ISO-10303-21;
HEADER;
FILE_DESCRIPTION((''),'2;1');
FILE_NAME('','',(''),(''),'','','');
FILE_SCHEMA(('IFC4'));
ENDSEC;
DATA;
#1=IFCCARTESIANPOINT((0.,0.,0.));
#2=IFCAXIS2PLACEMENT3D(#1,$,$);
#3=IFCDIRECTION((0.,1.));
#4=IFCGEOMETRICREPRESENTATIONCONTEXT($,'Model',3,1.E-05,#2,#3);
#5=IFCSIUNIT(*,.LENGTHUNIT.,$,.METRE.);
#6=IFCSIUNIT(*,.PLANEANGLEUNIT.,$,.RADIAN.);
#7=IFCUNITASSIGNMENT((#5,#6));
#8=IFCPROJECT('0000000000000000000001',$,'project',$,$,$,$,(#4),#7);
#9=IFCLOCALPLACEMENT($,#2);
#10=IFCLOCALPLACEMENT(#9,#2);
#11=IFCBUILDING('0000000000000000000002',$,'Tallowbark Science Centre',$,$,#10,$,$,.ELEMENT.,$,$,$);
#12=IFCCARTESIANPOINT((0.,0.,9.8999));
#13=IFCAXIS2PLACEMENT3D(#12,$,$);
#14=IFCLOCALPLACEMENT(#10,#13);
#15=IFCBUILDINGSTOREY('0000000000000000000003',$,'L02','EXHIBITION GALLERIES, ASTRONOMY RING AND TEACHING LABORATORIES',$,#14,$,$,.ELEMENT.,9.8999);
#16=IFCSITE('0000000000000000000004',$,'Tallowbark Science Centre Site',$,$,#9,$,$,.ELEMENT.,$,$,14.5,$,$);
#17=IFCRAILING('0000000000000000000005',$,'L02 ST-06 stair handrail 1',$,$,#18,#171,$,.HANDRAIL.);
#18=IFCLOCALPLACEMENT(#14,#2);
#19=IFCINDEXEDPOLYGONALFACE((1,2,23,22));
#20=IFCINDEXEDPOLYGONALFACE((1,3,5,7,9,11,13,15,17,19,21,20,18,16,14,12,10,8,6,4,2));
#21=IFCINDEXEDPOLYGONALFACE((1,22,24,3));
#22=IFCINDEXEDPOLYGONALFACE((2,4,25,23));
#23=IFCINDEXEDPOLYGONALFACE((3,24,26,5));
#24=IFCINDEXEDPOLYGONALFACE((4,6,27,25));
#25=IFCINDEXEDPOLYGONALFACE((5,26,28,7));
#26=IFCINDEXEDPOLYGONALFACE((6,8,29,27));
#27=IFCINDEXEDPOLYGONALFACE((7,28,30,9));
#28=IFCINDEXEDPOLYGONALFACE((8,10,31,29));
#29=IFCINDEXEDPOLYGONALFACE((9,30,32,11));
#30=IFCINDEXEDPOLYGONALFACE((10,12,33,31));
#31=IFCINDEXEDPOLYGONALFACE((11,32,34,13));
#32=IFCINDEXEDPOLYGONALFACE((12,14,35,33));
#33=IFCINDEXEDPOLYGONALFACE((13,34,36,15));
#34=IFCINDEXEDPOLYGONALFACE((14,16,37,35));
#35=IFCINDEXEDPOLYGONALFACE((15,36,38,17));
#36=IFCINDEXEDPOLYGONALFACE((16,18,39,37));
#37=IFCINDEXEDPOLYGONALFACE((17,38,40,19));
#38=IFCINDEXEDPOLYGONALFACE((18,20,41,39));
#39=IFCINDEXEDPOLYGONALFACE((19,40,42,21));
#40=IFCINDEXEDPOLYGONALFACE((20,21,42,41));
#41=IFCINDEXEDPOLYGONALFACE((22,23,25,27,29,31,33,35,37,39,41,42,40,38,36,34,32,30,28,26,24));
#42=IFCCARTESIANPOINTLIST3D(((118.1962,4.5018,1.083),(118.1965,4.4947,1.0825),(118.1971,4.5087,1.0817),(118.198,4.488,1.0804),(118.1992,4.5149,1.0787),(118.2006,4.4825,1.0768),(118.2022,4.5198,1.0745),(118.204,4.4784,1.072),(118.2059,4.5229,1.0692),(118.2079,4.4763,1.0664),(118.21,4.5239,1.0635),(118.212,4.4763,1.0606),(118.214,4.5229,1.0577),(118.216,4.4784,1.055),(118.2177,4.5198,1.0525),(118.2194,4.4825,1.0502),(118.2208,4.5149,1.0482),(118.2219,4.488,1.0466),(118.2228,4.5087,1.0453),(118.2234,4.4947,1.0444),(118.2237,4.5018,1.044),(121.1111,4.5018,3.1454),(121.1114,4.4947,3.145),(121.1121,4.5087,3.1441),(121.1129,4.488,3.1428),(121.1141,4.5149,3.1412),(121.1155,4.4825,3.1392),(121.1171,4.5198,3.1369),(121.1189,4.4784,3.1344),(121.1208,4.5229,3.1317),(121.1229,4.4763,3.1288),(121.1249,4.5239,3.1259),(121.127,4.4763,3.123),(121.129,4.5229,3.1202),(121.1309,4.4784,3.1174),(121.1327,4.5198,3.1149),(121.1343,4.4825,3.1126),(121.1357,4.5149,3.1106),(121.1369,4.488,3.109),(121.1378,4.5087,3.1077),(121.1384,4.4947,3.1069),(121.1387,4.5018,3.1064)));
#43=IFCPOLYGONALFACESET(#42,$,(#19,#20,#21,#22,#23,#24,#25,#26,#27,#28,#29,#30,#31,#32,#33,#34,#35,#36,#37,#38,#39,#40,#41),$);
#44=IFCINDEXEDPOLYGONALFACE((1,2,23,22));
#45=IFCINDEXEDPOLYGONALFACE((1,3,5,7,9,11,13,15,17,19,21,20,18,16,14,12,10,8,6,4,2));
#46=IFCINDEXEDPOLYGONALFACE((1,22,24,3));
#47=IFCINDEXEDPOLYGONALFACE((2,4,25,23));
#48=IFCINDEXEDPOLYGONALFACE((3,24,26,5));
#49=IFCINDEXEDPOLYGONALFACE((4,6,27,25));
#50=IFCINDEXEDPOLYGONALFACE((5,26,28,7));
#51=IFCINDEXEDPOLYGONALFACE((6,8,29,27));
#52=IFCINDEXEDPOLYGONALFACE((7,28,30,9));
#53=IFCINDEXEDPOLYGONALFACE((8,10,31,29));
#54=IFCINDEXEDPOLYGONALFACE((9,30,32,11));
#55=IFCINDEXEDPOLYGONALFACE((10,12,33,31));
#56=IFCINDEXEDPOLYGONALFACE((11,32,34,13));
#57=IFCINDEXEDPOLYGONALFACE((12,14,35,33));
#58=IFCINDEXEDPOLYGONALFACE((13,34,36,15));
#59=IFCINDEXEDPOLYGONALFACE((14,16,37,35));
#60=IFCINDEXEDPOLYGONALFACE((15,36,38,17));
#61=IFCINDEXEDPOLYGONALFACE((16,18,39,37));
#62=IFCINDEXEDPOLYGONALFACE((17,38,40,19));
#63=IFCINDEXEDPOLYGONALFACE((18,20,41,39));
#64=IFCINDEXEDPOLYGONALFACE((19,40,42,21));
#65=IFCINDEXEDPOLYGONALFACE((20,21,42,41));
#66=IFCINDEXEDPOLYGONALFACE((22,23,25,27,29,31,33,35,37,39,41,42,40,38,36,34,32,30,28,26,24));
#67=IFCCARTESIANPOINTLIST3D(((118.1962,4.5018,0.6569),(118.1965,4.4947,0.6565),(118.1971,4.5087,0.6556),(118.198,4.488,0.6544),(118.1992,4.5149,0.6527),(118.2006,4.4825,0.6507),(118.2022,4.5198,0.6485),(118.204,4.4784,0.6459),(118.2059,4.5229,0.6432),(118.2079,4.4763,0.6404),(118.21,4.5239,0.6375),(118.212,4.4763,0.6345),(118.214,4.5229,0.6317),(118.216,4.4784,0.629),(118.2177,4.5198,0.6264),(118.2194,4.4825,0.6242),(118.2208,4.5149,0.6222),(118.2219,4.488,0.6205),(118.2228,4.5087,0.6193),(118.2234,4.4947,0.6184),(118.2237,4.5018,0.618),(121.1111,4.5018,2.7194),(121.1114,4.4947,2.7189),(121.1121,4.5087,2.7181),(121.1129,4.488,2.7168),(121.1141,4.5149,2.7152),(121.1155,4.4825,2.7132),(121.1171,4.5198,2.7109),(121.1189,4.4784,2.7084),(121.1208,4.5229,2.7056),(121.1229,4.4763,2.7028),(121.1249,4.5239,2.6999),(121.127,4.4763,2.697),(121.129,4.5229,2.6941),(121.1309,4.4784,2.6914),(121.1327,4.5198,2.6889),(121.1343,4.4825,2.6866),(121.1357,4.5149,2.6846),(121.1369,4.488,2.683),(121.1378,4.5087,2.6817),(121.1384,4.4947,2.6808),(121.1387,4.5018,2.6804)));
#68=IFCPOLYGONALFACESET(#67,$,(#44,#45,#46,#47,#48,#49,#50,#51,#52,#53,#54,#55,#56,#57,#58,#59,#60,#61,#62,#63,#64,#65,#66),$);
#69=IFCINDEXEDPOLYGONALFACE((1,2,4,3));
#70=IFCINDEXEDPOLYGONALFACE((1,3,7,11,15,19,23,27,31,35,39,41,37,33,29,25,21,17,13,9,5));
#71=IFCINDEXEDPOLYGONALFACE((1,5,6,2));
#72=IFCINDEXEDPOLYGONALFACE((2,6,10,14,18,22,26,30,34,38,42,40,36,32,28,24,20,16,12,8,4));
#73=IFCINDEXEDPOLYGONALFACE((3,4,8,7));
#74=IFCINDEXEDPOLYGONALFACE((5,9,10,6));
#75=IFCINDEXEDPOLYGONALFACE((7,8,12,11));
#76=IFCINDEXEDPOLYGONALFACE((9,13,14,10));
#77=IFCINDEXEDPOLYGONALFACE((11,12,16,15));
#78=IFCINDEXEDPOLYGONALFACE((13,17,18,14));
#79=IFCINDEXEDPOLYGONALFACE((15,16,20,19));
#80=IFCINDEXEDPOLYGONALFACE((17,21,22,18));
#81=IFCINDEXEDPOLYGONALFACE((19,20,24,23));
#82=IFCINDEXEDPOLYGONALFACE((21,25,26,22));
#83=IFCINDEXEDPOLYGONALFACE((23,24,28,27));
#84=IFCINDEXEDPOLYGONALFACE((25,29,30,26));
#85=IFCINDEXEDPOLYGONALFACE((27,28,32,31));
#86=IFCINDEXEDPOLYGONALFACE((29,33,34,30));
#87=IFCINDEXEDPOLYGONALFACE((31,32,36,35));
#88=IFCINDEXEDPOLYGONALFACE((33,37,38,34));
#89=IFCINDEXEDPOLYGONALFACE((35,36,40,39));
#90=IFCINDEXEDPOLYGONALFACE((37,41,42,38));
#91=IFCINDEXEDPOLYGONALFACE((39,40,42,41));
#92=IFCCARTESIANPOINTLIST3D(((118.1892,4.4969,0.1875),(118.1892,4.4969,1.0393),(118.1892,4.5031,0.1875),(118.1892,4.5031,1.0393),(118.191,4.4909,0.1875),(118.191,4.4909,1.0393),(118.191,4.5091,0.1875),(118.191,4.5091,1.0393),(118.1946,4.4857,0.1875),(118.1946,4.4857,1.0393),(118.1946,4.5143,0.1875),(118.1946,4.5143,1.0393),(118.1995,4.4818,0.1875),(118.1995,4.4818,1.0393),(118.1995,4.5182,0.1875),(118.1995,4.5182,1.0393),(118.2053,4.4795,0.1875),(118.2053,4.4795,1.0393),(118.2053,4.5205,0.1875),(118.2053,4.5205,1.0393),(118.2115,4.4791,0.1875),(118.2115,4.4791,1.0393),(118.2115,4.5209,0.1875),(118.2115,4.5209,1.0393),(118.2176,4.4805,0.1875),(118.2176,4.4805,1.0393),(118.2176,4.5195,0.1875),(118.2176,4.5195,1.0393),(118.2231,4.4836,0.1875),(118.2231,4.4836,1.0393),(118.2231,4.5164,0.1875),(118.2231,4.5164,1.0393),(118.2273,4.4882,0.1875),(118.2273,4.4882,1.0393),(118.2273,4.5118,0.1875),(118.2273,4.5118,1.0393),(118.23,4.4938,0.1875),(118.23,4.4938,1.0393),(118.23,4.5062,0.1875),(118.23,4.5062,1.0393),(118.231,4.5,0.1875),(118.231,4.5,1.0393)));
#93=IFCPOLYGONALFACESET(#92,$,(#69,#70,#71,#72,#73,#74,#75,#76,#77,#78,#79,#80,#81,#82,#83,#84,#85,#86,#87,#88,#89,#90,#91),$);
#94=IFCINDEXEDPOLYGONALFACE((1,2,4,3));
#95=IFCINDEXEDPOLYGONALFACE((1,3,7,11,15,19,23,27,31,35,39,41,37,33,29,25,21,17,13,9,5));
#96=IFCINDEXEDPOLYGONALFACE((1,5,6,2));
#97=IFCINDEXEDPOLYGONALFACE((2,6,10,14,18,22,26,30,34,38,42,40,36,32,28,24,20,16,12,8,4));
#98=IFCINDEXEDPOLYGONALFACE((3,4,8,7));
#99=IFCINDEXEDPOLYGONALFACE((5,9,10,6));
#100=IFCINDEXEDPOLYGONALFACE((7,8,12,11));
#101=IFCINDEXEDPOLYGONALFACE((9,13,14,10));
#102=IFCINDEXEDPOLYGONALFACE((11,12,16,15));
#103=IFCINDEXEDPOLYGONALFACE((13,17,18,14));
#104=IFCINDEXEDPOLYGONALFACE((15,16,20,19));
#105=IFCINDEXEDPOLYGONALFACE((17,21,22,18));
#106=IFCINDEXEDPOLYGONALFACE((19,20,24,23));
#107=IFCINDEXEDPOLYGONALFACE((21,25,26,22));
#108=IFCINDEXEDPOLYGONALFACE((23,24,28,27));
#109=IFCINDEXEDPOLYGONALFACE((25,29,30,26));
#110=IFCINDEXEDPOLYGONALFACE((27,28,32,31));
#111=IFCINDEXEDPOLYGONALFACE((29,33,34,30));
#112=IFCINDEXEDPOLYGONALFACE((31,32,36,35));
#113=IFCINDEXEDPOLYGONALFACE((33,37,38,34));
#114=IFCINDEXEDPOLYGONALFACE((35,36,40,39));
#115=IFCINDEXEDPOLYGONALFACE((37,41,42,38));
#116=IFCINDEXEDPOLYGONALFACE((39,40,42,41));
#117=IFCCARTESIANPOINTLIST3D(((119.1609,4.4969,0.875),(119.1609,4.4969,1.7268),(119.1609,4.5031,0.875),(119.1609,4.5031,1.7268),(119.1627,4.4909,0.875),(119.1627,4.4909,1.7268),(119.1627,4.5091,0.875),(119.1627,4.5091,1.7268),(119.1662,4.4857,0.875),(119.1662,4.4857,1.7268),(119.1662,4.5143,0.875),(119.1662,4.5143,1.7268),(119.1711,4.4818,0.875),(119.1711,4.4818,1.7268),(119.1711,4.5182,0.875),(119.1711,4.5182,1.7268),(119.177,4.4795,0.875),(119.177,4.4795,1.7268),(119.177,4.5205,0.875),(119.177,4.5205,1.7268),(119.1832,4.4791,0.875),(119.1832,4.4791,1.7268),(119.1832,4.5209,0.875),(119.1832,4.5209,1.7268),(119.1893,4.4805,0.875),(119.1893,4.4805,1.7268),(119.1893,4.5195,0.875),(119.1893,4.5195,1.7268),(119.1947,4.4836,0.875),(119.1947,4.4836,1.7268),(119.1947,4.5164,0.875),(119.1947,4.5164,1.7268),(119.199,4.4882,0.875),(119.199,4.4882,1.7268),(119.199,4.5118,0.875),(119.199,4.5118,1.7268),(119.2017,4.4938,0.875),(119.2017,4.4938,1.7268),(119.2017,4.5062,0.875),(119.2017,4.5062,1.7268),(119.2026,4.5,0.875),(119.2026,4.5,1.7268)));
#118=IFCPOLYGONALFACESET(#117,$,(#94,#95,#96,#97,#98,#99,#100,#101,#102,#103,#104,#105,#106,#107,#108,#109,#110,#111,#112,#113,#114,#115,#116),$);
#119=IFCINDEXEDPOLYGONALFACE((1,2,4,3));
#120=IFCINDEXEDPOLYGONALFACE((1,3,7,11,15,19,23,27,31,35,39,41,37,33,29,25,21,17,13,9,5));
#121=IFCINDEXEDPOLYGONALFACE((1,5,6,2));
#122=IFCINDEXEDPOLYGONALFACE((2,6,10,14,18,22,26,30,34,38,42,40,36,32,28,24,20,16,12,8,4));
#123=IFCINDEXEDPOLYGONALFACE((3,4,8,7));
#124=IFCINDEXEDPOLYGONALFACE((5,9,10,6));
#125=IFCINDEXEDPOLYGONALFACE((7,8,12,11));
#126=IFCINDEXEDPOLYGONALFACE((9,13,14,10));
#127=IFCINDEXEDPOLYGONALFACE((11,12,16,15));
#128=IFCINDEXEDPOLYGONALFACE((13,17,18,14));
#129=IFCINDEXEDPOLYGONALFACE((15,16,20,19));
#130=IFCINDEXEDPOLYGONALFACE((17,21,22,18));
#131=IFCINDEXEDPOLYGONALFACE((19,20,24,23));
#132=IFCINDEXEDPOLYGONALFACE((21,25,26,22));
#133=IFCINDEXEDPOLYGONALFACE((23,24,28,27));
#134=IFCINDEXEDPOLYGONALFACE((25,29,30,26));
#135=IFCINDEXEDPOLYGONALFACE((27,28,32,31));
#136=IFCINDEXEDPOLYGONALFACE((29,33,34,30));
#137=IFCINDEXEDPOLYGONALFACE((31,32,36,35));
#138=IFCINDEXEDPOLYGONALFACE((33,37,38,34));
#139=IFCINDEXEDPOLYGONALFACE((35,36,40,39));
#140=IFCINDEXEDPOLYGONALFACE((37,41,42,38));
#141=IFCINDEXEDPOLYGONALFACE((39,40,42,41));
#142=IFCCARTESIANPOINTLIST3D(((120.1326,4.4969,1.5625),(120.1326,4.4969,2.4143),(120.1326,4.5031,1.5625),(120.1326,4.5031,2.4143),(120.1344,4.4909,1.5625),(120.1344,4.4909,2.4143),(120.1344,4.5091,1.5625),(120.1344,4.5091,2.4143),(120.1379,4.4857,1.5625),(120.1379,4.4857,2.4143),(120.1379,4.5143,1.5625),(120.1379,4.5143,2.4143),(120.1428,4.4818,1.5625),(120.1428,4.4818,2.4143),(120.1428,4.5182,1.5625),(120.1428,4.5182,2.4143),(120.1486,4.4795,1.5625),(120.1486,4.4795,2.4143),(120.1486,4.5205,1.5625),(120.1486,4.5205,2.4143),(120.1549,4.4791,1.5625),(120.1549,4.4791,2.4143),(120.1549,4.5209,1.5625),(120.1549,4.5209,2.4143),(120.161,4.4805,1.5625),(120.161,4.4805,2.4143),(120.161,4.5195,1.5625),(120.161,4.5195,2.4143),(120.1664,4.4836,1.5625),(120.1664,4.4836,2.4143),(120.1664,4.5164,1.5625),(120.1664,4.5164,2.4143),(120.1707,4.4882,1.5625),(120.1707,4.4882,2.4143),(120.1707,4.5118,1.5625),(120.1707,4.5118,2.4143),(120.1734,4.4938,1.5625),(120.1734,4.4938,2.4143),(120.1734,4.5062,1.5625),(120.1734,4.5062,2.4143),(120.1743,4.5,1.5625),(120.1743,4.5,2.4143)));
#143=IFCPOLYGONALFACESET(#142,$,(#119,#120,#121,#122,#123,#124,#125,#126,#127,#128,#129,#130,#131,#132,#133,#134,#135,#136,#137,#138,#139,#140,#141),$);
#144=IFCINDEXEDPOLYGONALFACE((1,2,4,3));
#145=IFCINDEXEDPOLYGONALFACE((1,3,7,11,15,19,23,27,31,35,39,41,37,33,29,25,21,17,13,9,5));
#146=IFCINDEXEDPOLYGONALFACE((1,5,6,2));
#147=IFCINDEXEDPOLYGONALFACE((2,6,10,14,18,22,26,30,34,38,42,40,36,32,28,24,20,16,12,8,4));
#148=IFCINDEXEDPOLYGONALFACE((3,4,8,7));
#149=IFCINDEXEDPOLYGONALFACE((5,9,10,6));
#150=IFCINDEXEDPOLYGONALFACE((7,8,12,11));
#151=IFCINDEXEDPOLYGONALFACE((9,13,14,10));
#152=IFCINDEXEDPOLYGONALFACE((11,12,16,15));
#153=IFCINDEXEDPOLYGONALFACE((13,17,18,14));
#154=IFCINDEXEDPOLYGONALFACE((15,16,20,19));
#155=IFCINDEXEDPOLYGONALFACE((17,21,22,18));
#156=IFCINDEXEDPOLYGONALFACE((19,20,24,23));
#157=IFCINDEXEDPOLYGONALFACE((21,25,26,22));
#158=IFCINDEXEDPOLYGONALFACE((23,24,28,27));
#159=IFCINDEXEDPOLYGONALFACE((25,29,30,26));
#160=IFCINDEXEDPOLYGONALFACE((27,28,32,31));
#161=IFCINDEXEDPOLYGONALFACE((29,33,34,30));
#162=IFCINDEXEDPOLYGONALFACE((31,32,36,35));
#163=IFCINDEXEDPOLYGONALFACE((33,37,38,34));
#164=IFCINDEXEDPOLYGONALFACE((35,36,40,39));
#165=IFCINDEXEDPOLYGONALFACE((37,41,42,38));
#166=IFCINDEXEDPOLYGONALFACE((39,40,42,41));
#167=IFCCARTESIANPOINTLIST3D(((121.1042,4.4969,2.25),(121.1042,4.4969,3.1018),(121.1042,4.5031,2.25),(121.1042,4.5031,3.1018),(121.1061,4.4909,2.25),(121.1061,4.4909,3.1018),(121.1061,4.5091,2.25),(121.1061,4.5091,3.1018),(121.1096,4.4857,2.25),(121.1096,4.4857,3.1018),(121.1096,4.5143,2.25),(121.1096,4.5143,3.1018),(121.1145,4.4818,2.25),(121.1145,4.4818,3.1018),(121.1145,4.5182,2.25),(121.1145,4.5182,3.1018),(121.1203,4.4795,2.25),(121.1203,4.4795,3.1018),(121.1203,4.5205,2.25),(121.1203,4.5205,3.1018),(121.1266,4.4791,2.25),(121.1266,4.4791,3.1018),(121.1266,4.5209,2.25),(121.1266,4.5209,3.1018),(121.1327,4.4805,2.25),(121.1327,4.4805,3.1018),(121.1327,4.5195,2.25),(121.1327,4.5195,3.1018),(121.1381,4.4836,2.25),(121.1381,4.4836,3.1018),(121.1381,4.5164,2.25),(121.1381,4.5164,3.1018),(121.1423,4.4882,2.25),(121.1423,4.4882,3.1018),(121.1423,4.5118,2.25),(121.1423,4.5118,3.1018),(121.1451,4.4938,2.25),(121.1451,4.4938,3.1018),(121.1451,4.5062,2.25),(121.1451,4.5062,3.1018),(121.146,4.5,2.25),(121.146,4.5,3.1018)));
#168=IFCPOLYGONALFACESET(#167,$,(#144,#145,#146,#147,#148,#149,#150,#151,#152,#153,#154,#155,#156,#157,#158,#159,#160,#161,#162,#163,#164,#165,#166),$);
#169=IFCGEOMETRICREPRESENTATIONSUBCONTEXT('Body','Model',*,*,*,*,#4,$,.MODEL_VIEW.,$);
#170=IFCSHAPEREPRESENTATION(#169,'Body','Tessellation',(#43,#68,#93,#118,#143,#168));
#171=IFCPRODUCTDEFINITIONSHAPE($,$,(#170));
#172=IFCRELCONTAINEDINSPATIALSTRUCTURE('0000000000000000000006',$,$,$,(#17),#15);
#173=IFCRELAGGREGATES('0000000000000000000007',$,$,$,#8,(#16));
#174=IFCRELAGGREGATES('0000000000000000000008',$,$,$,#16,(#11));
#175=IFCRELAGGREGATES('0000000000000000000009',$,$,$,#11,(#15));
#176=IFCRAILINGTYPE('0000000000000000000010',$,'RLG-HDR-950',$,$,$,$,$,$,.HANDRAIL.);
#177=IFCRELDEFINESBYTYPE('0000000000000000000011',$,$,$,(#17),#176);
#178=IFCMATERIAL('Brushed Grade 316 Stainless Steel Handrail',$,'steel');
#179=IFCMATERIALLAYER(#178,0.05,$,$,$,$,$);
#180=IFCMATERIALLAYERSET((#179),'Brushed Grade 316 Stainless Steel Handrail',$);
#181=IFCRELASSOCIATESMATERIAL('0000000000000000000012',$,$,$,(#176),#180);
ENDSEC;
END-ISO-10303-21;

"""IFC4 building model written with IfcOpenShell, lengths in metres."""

from ifc_helpers import new_model, si_unit, direction, frame, origin, origin_2d, place, context, subcontext, project, spatial, circle, extrude, material, layer, layer_set, type_object, element, save


model = new_model("IFC4")

# Units and contexts
model_context = context("Model", 3, precision=1e-05, world=origin(), true_north=direction((0.0, 1.0)))
body_context = subcontext(model_context, "Body", "Model", "MODEL_VIEW")
ifc_project = project(units=[si_unit("LENGTHUNIT", "METRE"), si_unit("PLANEANGLEUNIT", "RADIAN")], contexts=[model_context])

# Site, building, storey
site_placement = place(None, origin())
site = spatial("IfcSite", under=ifc_project, at=site_placement, Name="Tallowbark Science Centre Site", CompositionType="ELEMENT", RefElevation=14.5)
building_placement = place(site_placement, origin())
building = spatial("IfcBuilding", under=site, at=building_placement, Name="Tallowbark Science Centre", CompositionType="ELEMENT")
storey_placement = place(building_placement, frame((0.0, 0.0, 9.8999)))
storey = spatial("IfcBuildingStorey", under=building, at=storey_placement, Name="L02", Description="EXHIBITION GALLERIES, ASTRONOMY RING AND TEACHING LABORATORIES", CompositionType="ELEMENT", Elevation=9.8999)

# Railing
ifc_material_1 = material(Name="Brushed Grade 316 Stainless Steel Handrail", Category="steel")
ifc_layer_1 = layer(ifc_material_1, 0.05)
ifc_layer_set_1 = layer_set([ifc_layer_1], Name="Brushed Grade 316 Stainless Steel Handrail")
railing_type_1 = type_object("IfcRailingType", Name="RLG-HDR-950", PredefinedType="HANDRAIL", material=ifc_layer_set_1)
railing_1_placement = place(storey_placement, frame((118.21, 4.5, 0.1875)))
element("IfcRailing", 1, at=railing_1_placement, inside=storey, type_object=railing_type_1, Name="L02 ST-06 stair handrail 1", PredefinedType="HANDRAIL", context=body_context, shape_type="SweptSolid", body=[
    extrude(circle(Radius=0.0239, at=origin_2d()), frame((0.0, 0.0, 0.876), z_axis=(0.816331, 0.0, 0.577585), x_axis=(0.0, 1.0, 0.0)), (0.0, 0.0, 1.0), 3.5708),
    extrude(circle(Radius=0.0239, at=origin_2d()), frame((0.0, 0.0, 0.45), z_axis=(0.816331, 0.0, 0.577585), x_axis=(0.0, 1.0, 0.0)), (0.0, 0.0, 1.0), 3.5708),
    extrude(circle(Radius=0.021, at=origin_2d()), origin(), (0.0, 0.0, 1.0), 0.8518),
    extrude(circle(Radius=0.021, at=origin_2d()), frame((0.9717, 0.0, 0.6875)), (0.0, 0.0, 1.0), 0.8518),
    extrude(circle(Radius=0.021, at=origin_2d()), frame((1.9434, 0.0, 1.375)), (0.0, 0.0, 1.0), 0.8518),
    extrude(circle(Radius=0.021, at=origin_2d()), frame((2.915, 0.0, 2.0625)), (0.0, 0.0, 1.0), 0.8518),
])

save(model, "model.ifc")
